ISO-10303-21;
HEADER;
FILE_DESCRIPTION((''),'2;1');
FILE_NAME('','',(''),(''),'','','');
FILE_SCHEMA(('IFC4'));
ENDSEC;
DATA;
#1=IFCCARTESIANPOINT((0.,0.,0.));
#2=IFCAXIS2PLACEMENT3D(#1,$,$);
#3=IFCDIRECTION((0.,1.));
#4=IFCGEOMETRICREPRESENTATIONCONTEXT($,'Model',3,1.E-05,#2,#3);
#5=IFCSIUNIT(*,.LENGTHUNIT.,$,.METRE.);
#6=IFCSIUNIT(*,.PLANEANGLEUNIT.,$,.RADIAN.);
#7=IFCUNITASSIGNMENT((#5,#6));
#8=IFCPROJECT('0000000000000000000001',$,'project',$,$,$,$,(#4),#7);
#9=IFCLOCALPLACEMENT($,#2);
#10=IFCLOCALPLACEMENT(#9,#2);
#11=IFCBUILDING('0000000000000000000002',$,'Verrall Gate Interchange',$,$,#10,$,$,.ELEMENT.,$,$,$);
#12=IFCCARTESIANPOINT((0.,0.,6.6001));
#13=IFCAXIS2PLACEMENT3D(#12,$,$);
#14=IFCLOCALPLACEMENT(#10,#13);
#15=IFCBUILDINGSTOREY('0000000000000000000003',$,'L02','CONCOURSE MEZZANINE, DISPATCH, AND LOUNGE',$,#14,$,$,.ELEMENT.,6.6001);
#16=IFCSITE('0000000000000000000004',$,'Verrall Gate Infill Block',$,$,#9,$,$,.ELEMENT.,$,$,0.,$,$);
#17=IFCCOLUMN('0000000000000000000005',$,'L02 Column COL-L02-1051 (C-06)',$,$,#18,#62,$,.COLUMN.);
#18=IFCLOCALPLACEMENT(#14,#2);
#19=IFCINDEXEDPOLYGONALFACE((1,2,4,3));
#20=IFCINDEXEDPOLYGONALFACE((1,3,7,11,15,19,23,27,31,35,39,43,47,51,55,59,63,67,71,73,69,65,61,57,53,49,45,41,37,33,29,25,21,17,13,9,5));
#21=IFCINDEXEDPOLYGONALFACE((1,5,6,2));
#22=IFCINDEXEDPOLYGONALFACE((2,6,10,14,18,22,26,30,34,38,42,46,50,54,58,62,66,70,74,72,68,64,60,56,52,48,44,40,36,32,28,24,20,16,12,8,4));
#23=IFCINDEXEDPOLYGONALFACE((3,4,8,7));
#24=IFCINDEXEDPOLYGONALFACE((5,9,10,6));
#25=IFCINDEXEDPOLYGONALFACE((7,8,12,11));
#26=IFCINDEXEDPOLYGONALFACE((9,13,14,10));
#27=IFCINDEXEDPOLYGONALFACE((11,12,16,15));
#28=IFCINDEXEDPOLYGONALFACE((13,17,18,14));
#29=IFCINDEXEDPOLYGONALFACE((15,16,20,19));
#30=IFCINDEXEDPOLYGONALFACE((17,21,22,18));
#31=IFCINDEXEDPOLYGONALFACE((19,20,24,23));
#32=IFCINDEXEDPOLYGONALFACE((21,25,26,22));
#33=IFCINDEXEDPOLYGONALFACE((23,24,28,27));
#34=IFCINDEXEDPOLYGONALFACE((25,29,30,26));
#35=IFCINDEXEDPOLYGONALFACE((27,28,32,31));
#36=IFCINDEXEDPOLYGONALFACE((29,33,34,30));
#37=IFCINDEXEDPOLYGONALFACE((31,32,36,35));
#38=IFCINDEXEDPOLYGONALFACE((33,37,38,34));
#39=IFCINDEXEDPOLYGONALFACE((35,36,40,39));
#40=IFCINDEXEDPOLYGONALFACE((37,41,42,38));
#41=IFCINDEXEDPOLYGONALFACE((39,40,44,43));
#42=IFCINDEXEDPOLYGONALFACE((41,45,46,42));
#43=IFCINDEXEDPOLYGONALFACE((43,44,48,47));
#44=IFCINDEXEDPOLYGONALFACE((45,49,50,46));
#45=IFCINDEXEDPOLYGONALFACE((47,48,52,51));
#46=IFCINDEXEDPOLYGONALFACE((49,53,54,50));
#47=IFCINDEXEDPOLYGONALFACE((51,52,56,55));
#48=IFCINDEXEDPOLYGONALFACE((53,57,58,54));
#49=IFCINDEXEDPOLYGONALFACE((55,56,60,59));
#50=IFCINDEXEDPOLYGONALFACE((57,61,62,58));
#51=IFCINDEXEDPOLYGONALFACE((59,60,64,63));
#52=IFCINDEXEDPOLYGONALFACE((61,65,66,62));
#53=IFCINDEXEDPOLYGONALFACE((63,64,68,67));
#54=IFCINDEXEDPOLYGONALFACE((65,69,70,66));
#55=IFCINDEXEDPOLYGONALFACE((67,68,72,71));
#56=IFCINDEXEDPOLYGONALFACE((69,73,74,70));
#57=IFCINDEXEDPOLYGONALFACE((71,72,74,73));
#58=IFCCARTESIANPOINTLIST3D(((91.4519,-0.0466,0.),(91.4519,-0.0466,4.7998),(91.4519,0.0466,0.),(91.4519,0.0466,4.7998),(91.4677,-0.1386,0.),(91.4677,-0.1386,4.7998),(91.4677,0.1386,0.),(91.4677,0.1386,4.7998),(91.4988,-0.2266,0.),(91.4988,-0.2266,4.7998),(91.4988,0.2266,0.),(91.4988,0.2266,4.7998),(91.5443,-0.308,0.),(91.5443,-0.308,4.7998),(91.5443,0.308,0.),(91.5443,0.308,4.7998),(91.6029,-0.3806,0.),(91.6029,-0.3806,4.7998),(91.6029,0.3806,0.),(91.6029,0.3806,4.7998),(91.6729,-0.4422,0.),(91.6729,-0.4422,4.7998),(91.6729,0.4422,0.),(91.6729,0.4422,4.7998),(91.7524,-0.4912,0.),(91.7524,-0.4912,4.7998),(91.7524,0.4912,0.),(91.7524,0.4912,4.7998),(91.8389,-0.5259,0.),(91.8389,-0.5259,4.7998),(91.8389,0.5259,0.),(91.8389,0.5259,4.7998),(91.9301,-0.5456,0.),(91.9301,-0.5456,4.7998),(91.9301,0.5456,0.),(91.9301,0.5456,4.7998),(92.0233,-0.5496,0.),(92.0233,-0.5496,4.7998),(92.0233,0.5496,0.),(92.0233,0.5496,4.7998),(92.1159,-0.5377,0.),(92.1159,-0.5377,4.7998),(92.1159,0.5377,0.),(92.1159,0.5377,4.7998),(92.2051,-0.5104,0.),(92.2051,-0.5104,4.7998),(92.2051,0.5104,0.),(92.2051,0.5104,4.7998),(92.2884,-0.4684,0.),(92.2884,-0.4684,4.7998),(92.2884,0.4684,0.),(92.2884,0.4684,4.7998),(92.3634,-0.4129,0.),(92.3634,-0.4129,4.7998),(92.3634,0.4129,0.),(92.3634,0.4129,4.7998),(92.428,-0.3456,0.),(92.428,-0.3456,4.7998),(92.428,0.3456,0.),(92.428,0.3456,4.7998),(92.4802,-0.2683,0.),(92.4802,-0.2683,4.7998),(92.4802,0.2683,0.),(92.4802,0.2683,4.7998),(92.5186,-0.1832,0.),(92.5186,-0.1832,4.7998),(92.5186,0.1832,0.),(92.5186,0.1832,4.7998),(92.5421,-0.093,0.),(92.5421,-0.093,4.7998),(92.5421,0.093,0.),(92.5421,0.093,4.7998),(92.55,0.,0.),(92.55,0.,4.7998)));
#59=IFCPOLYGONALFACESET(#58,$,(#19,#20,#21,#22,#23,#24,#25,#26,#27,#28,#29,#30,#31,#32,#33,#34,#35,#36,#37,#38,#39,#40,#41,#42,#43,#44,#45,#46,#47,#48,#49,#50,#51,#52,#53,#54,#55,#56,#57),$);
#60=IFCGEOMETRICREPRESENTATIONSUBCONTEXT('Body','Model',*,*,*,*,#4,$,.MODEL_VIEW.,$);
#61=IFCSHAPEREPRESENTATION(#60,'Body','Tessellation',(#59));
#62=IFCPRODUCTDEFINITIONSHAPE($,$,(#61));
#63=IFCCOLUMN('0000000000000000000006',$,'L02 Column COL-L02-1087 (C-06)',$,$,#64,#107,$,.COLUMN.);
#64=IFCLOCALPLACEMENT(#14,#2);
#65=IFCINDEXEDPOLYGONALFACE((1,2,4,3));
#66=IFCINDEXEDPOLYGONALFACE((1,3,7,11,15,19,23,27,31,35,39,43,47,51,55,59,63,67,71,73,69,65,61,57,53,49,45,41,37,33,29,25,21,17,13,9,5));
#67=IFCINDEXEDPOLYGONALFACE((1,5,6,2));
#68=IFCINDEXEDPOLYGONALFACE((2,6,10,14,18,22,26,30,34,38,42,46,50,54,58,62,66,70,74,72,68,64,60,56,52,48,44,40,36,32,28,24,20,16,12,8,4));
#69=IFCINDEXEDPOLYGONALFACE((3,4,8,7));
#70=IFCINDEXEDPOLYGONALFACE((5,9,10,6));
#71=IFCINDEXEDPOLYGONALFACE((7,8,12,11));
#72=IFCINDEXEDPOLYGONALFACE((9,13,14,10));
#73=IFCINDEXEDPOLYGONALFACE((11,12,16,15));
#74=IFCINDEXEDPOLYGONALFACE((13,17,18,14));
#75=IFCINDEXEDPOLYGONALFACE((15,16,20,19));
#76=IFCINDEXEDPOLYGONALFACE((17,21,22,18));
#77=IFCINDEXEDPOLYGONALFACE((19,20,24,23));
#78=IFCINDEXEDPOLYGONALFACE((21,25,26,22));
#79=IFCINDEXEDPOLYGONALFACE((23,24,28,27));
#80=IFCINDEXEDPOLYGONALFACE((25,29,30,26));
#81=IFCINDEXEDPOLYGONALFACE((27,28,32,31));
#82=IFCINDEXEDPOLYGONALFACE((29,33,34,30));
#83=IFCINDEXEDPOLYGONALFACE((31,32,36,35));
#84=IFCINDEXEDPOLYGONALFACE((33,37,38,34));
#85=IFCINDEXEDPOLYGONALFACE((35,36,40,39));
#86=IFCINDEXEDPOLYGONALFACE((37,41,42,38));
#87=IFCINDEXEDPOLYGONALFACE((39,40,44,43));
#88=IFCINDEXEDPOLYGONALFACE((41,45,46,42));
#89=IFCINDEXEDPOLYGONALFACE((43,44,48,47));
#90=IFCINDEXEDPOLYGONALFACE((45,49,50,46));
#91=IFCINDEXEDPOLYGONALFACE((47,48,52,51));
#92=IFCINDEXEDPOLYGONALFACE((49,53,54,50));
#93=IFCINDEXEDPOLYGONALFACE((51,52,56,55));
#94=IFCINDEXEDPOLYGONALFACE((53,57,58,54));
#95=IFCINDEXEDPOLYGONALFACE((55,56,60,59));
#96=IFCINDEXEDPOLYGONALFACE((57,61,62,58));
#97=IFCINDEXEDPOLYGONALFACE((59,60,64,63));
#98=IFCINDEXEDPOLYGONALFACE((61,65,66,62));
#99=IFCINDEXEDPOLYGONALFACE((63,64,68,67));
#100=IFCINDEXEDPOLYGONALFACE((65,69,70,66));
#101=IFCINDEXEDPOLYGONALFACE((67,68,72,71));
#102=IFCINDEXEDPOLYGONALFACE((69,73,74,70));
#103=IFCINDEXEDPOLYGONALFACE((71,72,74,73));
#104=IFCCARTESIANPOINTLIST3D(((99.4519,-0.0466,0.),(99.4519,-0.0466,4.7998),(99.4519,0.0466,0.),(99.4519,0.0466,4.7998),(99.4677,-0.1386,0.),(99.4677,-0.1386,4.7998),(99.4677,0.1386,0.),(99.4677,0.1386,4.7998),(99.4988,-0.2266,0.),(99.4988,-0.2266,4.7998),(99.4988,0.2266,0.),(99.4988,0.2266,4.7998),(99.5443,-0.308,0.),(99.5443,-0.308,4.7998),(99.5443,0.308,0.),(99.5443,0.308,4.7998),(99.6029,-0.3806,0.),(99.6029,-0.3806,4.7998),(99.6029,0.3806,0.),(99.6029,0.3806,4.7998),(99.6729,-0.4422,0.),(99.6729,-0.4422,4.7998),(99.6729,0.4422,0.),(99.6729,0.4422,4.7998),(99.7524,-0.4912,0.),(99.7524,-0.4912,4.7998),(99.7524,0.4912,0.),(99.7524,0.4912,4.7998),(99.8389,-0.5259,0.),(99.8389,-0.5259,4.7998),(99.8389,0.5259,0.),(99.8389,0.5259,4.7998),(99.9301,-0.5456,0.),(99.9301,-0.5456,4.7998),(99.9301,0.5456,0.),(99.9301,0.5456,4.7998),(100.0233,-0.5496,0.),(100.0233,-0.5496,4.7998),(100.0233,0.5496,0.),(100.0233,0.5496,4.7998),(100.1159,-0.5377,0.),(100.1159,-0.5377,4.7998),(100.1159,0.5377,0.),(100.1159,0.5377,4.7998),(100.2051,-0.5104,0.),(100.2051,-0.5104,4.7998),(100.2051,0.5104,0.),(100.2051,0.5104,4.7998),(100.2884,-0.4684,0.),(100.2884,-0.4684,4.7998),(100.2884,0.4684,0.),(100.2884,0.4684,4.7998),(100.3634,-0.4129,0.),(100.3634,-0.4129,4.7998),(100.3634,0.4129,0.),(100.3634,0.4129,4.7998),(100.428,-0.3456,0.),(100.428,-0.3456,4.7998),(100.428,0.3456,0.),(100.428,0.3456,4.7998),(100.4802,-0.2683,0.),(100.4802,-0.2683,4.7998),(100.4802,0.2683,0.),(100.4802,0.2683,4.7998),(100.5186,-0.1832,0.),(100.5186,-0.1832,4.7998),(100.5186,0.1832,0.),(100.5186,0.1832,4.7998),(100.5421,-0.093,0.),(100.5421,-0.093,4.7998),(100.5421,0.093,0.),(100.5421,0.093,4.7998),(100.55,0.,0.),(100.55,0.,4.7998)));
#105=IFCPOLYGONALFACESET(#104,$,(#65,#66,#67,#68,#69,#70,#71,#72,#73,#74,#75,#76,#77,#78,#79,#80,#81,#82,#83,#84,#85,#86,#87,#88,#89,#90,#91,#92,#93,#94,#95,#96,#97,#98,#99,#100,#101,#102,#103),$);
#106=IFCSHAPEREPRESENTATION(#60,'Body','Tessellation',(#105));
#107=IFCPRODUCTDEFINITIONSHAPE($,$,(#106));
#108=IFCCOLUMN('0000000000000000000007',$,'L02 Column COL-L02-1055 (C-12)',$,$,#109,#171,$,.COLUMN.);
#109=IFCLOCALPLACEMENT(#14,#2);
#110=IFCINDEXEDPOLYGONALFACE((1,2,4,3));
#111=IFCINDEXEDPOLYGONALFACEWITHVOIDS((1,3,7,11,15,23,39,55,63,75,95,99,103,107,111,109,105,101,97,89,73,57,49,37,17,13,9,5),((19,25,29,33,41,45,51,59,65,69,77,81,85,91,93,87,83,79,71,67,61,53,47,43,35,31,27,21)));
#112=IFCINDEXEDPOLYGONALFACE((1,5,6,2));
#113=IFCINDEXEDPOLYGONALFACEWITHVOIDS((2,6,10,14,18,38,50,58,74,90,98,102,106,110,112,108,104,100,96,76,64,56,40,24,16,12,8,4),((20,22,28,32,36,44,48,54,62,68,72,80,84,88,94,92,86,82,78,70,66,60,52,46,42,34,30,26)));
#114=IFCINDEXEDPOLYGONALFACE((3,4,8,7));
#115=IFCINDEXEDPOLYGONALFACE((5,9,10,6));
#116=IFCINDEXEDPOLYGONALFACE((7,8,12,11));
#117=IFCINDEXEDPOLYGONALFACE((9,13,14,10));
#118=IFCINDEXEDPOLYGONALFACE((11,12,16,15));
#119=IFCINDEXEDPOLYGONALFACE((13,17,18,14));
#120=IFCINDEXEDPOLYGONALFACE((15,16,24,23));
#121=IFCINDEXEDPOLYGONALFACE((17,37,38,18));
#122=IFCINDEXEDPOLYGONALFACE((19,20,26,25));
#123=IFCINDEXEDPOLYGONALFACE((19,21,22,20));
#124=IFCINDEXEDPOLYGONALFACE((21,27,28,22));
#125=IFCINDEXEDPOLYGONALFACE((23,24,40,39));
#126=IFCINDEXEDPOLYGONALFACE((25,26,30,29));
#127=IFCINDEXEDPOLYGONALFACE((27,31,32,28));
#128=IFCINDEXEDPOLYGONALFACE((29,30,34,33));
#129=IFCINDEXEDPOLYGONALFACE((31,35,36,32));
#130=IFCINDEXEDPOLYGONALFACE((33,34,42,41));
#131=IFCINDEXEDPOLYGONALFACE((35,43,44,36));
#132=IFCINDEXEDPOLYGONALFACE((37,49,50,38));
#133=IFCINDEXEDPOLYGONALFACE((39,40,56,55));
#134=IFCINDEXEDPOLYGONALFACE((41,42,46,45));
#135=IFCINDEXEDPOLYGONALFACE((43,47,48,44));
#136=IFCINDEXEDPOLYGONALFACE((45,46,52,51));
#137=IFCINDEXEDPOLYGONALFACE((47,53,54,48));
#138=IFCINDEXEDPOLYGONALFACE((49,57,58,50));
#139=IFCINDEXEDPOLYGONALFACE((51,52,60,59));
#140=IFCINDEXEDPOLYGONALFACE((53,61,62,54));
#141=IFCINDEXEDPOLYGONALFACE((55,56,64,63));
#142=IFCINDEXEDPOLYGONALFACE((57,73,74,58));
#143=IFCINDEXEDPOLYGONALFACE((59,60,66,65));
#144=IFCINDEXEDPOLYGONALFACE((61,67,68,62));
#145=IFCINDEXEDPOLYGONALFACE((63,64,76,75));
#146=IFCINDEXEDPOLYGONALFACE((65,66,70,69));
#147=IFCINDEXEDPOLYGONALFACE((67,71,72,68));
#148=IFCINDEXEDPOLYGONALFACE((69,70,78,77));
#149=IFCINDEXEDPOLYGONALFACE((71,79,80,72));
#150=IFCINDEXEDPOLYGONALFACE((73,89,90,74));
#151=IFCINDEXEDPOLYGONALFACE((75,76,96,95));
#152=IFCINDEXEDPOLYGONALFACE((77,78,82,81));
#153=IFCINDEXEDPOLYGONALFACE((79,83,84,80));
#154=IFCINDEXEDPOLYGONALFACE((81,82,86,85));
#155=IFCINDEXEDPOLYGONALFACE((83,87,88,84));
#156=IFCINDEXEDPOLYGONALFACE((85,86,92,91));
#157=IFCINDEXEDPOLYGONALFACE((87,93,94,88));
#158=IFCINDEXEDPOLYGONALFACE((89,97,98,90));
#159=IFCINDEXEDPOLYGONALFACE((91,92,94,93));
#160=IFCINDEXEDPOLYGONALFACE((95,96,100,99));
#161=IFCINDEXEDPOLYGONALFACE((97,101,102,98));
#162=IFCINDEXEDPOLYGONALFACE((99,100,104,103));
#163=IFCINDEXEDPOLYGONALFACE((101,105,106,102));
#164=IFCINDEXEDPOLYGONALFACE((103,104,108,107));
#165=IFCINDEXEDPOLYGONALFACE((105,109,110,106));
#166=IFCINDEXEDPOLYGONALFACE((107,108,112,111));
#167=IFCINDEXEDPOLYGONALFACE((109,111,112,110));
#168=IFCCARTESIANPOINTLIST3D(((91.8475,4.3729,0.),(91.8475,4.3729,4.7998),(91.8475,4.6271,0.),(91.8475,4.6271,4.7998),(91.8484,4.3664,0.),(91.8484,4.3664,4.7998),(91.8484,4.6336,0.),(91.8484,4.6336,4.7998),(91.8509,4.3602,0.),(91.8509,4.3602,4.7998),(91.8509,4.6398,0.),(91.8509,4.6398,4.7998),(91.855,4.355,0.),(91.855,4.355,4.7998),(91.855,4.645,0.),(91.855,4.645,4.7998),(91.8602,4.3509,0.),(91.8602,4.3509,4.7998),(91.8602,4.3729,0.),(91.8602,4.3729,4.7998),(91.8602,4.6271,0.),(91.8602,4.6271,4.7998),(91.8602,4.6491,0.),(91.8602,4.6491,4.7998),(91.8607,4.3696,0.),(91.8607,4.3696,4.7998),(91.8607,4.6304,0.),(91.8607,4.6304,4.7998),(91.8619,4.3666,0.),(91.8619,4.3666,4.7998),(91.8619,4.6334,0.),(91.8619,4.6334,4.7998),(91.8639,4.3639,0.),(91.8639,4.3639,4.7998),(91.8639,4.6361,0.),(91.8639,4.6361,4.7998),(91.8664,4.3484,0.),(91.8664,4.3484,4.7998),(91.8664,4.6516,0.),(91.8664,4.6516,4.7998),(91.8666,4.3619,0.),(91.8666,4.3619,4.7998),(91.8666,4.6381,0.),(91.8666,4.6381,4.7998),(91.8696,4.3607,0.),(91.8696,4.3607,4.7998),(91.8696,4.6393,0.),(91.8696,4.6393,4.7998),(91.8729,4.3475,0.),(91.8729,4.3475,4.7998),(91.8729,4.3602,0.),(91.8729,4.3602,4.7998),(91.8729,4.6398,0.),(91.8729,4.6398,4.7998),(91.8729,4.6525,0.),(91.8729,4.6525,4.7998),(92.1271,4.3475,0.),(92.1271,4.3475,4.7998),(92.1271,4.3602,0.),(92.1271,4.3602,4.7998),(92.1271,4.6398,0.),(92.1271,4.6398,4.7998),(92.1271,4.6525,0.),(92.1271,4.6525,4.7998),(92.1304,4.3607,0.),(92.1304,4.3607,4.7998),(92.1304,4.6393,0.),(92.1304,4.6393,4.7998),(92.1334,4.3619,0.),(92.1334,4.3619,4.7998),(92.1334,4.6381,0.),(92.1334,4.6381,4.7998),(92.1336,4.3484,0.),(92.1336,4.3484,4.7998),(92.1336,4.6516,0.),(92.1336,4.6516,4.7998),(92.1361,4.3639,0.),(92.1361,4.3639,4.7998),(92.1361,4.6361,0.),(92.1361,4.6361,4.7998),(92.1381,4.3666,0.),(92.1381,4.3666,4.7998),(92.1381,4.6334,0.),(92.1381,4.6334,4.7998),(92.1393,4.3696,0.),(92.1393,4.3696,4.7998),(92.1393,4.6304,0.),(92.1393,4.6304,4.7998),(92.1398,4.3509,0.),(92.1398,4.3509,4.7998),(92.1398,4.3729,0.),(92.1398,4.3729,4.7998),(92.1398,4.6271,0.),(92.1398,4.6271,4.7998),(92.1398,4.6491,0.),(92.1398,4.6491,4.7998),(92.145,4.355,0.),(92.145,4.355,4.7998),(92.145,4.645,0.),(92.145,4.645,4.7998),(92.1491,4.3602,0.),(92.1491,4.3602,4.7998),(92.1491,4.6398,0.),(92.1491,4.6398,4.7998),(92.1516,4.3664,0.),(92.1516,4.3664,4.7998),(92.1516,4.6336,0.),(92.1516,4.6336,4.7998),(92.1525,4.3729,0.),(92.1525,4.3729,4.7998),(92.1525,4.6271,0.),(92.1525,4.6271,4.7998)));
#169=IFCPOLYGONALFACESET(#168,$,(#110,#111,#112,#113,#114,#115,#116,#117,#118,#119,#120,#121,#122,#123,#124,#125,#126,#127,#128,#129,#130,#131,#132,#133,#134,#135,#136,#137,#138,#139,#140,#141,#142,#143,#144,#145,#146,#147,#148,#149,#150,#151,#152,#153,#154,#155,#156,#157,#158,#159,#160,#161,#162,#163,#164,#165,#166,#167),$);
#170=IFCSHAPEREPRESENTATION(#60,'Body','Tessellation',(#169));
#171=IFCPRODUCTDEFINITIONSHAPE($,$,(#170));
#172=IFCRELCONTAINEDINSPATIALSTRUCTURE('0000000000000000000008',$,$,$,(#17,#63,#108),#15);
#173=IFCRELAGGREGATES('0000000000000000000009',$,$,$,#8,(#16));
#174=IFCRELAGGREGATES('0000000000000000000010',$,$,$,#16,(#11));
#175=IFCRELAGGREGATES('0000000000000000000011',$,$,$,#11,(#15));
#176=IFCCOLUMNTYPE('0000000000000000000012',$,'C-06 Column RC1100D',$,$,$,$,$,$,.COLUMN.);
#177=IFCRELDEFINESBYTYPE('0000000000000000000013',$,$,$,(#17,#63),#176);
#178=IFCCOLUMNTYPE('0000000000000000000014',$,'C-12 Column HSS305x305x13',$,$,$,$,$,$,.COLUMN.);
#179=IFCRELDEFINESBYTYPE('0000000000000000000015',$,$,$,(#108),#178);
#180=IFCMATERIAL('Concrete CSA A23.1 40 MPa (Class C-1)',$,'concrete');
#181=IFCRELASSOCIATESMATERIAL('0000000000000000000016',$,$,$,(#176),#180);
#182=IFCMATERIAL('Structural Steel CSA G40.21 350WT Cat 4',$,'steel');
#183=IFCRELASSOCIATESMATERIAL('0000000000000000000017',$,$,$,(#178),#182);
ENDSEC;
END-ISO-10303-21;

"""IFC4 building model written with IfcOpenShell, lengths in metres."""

from ifc_helpers import new_model, si_unit, direction, frame, origin, origin_2d, place, context, subcontext, project, spatial, hollow_rectangle, circle, extrude, material, material_profile, profile_set, type_object, element, save


model = new_model("IFC4")

# Units and contexts
model_context = context("Model", 3, precision=1e-05, world=origin(), true_north=direction((0.0, 1.0)))
body_context = subcontext(model_context, "Body", "Model", "MODEL_VIEW")
ifc_project = project(units=[si_unit("LENGTHUNIT", "METRE"), si_unit("PLANEANGLEUNIT", "RADIAN")], contexts=[model_context])

# Site, building, storey
site_placement = place(None, origin())
site = spatial("IfcSite", under=ifc_project, at=site_placement, Name="Verrall Gate Infill Block", CompositionType="ELEMENT", RefElevation=0.0)
building_placement = place(site_placement, origin())
building = spatial("IfcBuilding", under=site, at=building_placement, Name="Verrall Gate Interchange", CompositionType="ELEMENT")
storey_placement = place(building_placement, frame((0.0, 0.0, 6.6001)))
storey = spatial("IfcBuildingStorey", under=building, at=storey_placement, Name="L02", Description="CONCOURSE MEZZANINE, DISPATCH, AND LOUNGE", CompositionType="ELEMENT", Elevation=6.6001)

# Columns
ifc_material_1 = material(Name="Concrete CSA A23.1 40 MPa (Class C-1)", Category="concrete")
ifc_material_profile_1 = material_profile(ifc_material_1, circle(Radius=0.55, at=origin_2d()), Name="RC1100D")
ifc_profile_set_1 = profile_set([ifc_material_profile_1], Name="Concrete CSA A23.1 40 MPa (Class C-1)")
column_type_1 = type_object("IfcColumnType", Name="C-06 Column RC1100D", PredefinedType="COLUMN", material=ifc_profile_set_1)
for number, where, z_axis, x_axis, name in (
    (1, (92.0, 0.0, 0.0), (0.0, 0.0, 1.0), (1.0, 0.0, 0.0), "L02 Column COL-L02-1051 (C-06)"),
    (2, (100.0, 0.0, 0.0), (0.0, 0.0, 1.0), (1.0, 0.0, 0.0), "L02 Column COL-L02-1087 (C-06)"),
):
    element("IfcColumn", number, at=place(storey_placement, frame(where, z_axis=z_axis, x_axis=x_axis)), inside=storey, type_object=column_type_1, Name=name, PredefinedType="COLUMN", context=body_context, shape_type="SweptSolid", body=[
        extrude(circle(Radius=0.55, at=origin_2d()), origin(), (0.0, 0.0, 1.0), 4.7998),
    ])
ifc_material_2 = material(Name="Structural Steel CSA G40.21 350WT Cat 4", Category="steel")
ifc_material_profile_2 = material_profile(ifc_material_2, hollow_rectangle(XDim=0.3049, YDim=0.3049, WallThickness=0.0127, InnerFilletRadius=0.0127, OuterFilletRadius=0.0254, at=origin_2d()), Name="HSS305x305x13")
ifc_profile_set_2 = profile_set([ifc_material_profile_2], Name="Structural Steel CSA G40.21 350WT Cat 4")
column_type_2 = type_object("IfcColumnType", Name="C-12 Column HSS305x305x13", PredefinedType="COLUMN", material=ifc_profile_set_2)
for number, where, z_axis, x_axis, name in (
    (3, (92.0, 4.5, 0.0), (0.0, 0.0, 1.0), (1.0, 0.0, 0.0), "L02 Column COL-L02-1055 (C-12)"),
):
    element("IfcColumn", number, at=place(storey_placement, frame(where, z_axis=z_axis, x_axis=x_axis)), inside=storey, type_object=column_type_2, Name=name, PredefinedType="COLUMN", context=body_context, shape_type="SweptSolid", body=[
        extrude(hollow_rectangle(XDim=0.3049, YDim=0.3049, WallThickness=0.0127, InnerFilletRadius=0.0127, OuterFilletRadius=0.0254, at=origin_2d()), origin(), (0.0, 0.0, 1.0), 4.7998),
    ])

save(model, "model.ifc")
